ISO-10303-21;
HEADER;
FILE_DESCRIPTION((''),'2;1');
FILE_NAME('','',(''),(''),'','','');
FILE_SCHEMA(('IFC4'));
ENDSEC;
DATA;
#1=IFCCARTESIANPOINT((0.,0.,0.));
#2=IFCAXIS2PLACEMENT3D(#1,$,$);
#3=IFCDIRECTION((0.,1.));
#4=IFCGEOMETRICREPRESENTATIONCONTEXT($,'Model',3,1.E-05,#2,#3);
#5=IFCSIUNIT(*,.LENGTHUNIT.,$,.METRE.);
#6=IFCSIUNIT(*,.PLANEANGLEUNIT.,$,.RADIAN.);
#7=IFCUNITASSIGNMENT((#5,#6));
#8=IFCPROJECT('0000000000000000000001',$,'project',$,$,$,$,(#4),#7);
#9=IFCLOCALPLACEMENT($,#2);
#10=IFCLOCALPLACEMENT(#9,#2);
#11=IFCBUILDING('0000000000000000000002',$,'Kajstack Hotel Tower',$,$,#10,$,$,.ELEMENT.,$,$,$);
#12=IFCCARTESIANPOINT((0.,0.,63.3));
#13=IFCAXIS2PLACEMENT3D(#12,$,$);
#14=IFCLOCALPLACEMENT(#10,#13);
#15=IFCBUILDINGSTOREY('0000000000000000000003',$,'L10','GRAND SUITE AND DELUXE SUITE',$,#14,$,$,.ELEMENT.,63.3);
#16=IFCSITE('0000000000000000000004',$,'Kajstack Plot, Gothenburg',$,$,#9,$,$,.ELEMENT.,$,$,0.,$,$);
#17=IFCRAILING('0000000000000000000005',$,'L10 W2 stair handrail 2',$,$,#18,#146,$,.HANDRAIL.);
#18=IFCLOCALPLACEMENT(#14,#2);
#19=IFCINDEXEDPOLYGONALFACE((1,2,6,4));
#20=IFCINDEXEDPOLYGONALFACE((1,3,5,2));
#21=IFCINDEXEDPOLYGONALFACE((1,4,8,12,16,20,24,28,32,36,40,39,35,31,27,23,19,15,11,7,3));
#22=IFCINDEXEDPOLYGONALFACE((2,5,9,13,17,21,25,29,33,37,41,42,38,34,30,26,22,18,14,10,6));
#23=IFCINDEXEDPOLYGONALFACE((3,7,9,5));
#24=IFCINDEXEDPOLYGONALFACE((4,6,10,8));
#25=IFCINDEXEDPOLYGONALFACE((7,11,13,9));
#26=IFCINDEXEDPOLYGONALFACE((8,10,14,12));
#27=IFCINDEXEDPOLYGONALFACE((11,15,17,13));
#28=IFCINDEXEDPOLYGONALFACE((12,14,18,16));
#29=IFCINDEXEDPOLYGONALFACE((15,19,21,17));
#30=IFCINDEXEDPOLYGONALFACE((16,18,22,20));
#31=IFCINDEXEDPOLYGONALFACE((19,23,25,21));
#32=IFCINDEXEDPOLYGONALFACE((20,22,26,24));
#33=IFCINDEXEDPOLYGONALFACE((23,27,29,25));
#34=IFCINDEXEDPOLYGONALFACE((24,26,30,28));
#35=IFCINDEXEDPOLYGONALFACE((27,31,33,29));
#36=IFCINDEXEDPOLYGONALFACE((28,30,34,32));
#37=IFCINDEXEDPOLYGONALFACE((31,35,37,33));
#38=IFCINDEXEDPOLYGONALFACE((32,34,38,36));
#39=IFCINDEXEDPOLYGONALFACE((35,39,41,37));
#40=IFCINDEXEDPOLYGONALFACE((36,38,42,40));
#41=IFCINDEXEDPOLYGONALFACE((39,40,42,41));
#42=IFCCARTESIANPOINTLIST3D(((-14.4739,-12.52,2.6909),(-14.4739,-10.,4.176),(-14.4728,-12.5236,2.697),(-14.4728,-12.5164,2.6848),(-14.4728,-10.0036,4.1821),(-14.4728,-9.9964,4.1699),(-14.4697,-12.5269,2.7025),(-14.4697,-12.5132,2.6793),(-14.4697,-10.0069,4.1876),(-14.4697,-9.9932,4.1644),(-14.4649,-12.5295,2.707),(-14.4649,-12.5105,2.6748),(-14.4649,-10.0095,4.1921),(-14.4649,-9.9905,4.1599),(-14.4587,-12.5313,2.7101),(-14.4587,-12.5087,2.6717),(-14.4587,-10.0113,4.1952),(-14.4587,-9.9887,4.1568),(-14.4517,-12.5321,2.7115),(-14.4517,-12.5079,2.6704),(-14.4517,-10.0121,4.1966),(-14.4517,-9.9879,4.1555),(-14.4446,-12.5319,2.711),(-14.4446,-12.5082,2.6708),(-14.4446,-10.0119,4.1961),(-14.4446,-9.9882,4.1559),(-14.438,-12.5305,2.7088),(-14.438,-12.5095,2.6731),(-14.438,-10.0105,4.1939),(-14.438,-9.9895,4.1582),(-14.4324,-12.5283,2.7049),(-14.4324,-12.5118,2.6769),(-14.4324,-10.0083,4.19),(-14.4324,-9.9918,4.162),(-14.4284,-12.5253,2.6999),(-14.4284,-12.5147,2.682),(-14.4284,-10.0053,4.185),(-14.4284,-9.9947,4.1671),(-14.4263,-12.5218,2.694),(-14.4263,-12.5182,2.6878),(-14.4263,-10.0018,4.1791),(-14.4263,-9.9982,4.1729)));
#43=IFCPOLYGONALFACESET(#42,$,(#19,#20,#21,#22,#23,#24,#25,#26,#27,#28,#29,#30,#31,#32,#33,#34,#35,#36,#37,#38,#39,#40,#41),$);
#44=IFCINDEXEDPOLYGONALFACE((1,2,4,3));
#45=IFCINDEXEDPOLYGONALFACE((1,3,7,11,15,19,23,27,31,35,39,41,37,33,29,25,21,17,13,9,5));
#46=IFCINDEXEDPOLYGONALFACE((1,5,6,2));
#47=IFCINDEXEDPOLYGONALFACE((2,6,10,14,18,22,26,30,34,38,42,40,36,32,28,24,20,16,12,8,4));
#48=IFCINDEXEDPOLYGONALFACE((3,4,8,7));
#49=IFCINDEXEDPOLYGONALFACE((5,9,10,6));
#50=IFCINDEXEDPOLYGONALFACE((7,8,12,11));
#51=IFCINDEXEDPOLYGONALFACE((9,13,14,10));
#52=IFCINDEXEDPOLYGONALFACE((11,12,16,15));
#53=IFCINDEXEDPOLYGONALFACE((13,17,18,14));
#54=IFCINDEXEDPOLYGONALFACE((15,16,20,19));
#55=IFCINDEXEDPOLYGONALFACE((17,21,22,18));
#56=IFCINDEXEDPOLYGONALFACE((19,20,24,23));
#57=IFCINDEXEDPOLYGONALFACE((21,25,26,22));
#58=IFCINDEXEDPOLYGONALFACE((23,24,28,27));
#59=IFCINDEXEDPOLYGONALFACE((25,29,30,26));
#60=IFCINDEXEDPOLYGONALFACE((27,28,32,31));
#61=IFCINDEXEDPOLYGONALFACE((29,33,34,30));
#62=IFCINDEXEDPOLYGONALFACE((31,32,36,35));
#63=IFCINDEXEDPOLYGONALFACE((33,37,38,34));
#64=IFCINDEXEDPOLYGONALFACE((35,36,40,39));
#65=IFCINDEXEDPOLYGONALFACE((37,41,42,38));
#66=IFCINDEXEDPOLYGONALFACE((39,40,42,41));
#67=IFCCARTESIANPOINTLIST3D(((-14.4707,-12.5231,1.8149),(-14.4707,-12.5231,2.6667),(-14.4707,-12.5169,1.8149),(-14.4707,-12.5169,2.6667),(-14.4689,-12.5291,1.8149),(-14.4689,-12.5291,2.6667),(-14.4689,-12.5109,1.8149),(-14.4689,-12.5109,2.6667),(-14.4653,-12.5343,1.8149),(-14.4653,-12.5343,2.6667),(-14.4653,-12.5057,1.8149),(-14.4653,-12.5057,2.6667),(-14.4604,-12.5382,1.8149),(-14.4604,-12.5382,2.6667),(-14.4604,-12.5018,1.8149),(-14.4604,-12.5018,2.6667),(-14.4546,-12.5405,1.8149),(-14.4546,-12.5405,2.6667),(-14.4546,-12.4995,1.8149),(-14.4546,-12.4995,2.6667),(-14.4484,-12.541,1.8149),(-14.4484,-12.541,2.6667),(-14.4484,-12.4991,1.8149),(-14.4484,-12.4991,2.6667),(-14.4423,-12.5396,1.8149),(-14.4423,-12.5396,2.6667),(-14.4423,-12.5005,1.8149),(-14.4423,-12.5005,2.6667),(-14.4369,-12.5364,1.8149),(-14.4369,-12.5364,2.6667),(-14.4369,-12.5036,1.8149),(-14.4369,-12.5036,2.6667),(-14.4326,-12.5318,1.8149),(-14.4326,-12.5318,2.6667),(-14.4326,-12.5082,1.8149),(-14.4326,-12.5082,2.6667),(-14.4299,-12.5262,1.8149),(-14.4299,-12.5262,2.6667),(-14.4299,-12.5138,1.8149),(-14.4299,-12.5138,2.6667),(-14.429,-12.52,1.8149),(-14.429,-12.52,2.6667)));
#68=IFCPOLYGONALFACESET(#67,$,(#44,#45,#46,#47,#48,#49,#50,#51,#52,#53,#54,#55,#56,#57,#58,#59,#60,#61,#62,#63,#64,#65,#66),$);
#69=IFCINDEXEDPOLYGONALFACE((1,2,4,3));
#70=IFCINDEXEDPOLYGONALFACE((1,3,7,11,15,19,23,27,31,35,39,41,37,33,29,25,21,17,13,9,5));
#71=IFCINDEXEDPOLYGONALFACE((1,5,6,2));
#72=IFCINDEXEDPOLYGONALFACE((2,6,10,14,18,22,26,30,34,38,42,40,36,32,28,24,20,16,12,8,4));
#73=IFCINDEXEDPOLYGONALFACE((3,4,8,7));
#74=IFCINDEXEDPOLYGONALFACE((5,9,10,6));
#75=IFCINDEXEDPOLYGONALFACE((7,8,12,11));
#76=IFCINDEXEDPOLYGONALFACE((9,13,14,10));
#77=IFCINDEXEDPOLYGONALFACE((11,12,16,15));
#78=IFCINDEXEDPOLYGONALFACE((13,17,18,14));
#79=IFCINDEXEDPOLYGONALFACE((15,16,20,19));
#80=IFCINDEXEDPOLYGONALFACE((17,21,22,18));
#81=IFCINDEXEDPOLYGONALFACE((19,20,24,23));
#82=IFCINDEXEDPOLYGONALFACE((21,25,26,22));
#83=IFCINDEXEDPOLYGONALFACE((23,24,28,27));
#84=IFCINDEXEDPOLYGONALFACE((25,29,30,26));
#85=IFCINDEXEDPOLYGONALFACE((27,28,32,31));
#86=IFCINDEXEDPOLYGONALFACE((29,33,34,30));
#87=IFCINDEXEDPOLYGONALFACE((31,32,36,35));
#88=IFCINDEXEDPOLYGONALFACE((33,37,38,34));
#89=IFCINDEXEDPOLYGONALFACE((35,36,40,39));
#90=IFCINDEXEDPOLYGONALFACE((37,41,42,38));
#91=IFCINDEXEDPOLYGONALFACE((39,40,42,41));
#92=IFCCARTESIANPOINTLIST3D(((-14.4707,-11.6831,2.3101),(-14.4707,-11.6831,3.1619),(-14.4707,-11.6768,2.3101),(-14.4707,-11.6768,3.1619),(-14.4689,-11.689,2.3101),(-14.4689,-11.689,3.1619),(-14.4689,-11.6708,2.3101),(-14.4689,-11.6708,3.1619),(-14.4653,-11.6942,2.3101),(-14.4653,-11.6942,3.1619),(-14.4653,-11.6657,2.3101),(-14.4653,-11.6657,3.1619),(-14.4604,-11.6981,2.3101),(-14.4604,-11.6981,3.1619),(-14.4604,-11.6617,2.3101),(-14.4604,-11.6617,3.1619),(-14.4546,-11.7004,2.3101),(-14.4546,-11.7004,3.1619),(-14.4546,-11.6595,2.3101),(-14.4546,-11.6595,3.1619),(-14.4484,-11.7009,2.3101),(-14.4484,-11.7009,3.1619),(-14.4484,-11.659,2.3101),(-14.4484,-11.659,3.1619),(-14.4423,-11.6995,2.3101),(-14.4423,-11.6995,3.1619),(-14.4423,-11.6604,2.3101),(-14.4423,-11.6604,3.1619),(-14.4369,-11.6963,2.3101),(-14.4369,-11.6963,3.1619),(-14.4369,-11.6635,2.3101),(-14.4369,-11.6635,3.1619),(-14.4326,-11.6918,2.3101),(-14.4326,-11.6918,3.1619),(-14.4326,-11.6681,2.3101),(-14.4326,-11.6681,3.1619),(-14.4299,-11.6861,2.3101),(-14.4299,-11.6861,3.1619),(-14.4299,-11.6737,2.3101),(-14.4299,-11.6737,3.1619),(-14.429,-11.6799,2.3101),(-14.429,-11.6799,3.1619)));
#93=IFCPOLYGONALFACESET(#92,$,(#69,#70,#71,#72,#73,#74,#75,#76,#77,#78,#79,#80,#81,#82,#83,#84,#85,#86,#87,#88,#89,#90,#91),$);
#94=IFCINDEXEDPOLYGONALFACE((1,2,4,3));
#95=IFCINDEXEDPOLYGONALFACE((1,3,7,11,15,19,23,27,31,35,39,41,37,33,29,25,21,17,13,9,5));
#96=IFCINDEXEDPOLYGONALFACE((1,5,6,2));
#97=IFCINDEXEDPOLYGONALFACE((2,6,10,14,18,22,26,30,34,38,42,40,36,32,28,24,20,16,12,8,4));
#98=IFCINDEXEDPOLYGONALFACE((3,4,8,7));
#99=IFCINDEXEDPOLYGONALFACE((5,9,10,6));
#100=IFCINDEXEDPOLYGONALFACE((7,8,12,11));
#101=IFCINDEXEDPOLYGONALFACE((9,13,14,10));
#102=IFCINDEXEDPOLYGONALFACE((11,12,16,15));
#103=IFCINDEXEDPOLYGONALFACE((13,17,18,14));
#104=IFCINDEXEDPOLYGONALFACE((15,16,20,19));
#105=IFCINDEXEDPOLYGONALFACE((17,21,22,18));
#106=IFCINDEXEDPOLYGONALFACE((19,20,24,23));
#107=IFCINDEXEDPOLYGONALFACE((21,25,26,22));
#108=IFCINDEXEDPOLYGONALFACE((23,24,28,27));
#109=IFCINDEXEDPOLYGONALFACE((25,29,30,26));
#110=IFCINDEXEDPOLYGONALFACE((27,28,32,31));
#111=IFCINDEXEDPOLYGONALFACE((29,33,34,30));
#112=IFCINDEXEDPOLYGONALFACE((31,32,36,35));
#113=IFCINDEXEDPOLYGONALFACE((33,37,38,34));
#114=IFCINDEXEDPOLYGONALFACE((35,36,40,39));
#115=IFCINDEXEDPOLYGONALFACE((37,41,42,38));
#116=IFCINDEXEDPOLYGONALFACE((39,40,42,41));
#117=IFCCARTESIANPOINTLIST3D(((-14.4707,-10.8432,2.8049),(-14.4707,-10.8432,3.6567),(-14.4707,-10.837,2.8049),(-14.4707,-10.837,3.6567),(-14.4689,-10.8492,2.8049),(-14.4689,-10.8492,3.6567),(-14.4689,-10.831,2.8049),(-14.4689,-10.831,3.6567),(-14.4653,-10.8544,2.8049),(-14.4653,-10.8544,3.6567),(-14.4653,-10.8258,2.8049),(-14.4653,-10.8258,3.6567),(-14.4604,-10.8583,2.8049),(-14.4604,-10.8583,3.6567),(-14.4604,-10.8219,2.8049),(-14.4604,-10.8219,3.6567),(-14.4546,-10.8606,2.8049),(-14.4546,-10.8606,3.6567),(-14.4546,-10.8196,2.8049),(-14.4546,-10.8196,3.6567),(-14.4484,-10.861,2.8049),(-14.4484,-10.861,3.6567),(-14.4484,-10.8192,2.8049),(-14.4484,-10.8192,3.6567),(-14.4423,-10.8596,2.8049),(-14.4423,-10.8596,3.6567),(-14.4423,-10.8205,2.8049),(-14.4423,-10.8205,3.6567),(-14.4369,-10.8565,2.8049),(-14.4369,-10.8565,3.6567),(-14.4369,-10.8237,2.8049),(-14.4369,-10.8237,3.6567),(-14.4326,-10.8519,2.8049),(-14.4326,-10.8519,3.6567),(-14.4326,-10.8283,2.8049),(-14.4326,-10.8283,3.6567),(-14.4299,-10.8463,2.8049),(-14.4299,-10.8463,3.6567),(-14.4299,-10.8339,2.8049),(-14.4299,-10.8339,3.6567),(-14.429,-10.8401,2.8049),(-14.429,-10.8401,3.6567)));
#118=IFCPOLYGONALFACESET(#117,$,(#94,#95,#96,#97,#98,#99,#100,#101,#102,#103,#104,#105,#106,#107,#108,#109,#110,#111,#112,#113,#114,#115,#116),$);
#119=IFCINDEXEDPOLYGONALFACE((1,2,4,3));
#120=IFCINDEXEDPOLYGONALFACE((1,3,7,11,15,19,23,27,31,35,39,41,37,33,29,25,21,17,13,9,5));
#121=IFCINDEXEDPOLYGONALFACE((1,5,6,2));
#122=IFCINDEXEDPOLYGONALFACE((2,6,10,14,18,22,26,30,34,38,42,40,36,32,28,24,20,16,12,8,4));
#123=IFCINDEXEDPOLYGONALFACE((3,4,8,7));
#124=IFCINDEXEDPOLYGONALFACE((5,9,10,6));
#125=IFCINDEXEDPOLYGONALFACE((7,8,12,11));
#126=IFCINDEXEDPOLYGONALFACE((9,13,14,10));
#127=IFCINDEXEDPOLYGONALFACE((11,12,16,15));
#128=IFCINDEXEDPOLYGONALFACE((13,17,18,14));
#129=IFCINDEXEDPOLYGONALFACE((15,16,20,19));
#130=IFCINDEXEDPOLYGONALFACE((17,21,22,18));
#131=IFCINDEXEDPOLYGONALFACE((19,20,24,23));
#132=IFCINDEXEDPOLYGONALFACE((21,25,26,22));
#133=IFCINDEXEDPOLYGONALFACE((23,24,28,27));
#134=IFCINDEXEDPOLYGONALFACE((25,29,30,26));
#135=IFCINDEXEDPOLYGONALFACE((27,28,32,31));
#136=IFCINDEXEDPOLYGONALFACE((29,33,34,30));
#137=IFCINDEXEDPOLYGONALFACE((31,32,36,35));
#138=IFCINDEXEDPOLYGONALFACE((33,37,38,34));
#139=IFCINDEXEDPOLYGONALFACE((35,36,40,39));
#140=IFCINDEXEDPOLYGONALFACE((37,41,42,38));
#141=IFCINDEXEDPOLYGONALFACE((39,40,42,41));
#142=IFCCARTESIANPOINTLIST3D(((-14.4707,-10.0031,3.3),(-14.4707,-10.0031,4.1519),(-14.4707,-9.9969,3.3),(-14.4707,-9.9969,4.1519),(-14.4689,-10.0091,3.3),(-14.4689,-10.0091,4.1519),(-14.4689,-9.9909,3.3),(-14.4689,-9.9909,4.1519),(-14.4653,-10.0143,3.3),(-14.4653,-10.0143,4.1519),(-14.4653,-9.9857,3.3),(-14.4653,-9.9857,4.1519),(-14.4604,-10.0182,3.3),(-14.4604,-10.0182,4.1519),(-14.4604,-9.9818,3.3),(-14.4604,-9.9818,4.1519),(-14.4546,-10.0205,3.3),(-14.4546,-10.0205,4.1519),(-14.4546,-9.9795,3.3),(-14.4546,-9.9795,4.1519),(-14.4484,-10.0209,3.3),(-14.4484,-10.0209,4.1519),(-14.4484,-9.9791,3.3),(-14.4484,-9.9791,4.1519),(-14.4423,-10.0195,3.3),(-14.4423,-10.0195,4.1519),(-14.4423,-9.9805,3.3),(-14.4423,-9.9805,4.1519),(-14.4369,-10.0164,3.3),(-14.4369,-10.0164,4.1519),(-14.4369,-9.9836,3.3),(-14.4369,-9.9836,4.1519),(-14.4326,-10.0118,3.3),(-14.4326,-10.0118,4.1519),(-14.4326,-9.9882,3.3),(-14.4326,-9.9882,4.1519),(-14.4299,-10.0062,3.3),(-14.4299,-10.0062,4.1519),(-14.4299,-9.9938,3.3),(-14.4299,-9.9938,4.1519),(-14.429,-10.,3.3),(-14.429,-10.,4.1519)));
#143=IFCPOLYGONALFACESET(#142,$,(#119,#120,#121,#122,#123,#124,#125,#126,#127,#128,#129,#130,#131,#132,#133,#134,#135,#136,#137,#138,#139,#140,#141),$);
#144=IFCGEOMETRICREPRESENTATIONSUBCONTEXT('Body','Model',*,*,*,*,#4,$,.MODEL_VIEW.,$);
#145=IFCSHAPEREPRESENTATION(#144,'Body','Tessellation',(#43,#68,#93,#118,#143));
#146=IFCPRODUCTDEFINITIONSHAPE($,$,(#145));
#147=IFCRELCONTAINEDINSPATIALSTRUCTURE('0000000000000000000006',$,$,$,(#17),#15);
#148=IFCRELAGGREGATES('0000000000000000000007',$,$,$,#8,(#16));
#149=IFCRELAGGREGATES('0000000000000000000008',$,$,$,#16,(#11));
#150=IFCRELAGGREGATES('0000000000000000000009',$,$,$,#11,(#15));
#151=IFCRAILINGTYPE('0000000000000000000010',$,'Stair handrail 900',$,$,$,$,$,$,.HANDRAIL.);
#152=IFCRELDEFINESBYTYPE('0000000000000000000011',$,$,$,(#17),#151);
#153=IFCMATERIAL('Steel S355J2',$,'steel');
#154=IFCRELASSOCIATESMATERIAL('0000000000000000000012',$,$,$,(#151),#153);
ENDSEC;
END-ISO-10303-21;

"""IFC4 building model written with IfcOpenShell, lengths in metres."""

from ifc_helpers import new_model, si_unit, direction, frame, origin, origin_2d, place, context, subcontext, project, spatial, circle, extrude, material, type_object, element, save


model = new_model("IFC4")

# Units and contexts
model_context = context("Model", 3, precision=1e-05, world=origin(), true_north=direction((0.0, 1.0)))
body_context = subcontext(model_context, "Body", "Model", "MODEL_VIEW")
ifc_project = project(units=[si_unit("LENGTHUNIT", "METRE"), si_unit("PLANEANGLEUNIT", "RADIAN")], contexts=[model_context])

# Site, building, storey
site_placement = place(None, origin())
site = spatial("IfcSite", under=ifc_project, at=site_placement, Name="Kajstack Plot, Gothenburg", CompositionType="ELEMENT", RefElevation=0.0)
building_placement = place(site_placement, origin())
building = spatial("IfcBuilding", under=site, at=building_placement, Name="Kajstack Hotel Tower", CompositionType="ELEMENT")
storey_placement = place(building_placement, frame((0.0, 0.0, 63.3)))
storey = spatial("IfcBuildingStorey", under=building, at=storey_placement, Name="L10", Description="GRAND SUITE AND DELUXE SUITE", CompositionType="ELEMENT", Elevation=63.3)

# Railing
ifc_material_1 = material(Name="Steel S355J2", Category="steel")
railing_type_1 = type_object("IfcRailingType", Name="Stair handrail 900", PredefinedType="HANDRAIL", material=ifc_material_1)
railing_1_placement = place(storey_placement, frame((-14.45, -12.52, 1.8149)))
element("IfcRailing", 1, at=railing_1_placement, inside=storey, type_object=railing_type_1, Name="L10 W2 stair handrail 2", PredefinedType="HANDRAIL", context=body_context, shape_type="SweptSolid", body=[
    extrude(circle(Radius=0.0239, at=origin_2d()), frame((0.0, 0.0, 0.876), z_axis=(0.0, 0.861524, 0.507717), x_axis=(-1.0, 0.0, 0.0)), (0.0, 0.0, 1.0), 2.925),
    extrude(circle(Radius=0.021, at=origin_2d()), origin(), (0.0, 0.0, 1.0), 0.8518),
    extrude(circle(Radius=0.021, at=origin_2d()), frame((0.0, 0.8401, 0.4951)), (0.0, 0.0, 1.0), 0.8518),
    extrude(circle(Radius=0.021, at=origin_2d()), frame((0.0, 1.6799, 0.99)), (0.0, 0.0, 1.0), 0.8518),
    extrude(circle(Radius=0.021, at=origin_2d()), frame((0.0, 2.52, 1.4851)), (0.0, 0.0, 1.0), 0.8518),
])

save(model, "model.ifc")
